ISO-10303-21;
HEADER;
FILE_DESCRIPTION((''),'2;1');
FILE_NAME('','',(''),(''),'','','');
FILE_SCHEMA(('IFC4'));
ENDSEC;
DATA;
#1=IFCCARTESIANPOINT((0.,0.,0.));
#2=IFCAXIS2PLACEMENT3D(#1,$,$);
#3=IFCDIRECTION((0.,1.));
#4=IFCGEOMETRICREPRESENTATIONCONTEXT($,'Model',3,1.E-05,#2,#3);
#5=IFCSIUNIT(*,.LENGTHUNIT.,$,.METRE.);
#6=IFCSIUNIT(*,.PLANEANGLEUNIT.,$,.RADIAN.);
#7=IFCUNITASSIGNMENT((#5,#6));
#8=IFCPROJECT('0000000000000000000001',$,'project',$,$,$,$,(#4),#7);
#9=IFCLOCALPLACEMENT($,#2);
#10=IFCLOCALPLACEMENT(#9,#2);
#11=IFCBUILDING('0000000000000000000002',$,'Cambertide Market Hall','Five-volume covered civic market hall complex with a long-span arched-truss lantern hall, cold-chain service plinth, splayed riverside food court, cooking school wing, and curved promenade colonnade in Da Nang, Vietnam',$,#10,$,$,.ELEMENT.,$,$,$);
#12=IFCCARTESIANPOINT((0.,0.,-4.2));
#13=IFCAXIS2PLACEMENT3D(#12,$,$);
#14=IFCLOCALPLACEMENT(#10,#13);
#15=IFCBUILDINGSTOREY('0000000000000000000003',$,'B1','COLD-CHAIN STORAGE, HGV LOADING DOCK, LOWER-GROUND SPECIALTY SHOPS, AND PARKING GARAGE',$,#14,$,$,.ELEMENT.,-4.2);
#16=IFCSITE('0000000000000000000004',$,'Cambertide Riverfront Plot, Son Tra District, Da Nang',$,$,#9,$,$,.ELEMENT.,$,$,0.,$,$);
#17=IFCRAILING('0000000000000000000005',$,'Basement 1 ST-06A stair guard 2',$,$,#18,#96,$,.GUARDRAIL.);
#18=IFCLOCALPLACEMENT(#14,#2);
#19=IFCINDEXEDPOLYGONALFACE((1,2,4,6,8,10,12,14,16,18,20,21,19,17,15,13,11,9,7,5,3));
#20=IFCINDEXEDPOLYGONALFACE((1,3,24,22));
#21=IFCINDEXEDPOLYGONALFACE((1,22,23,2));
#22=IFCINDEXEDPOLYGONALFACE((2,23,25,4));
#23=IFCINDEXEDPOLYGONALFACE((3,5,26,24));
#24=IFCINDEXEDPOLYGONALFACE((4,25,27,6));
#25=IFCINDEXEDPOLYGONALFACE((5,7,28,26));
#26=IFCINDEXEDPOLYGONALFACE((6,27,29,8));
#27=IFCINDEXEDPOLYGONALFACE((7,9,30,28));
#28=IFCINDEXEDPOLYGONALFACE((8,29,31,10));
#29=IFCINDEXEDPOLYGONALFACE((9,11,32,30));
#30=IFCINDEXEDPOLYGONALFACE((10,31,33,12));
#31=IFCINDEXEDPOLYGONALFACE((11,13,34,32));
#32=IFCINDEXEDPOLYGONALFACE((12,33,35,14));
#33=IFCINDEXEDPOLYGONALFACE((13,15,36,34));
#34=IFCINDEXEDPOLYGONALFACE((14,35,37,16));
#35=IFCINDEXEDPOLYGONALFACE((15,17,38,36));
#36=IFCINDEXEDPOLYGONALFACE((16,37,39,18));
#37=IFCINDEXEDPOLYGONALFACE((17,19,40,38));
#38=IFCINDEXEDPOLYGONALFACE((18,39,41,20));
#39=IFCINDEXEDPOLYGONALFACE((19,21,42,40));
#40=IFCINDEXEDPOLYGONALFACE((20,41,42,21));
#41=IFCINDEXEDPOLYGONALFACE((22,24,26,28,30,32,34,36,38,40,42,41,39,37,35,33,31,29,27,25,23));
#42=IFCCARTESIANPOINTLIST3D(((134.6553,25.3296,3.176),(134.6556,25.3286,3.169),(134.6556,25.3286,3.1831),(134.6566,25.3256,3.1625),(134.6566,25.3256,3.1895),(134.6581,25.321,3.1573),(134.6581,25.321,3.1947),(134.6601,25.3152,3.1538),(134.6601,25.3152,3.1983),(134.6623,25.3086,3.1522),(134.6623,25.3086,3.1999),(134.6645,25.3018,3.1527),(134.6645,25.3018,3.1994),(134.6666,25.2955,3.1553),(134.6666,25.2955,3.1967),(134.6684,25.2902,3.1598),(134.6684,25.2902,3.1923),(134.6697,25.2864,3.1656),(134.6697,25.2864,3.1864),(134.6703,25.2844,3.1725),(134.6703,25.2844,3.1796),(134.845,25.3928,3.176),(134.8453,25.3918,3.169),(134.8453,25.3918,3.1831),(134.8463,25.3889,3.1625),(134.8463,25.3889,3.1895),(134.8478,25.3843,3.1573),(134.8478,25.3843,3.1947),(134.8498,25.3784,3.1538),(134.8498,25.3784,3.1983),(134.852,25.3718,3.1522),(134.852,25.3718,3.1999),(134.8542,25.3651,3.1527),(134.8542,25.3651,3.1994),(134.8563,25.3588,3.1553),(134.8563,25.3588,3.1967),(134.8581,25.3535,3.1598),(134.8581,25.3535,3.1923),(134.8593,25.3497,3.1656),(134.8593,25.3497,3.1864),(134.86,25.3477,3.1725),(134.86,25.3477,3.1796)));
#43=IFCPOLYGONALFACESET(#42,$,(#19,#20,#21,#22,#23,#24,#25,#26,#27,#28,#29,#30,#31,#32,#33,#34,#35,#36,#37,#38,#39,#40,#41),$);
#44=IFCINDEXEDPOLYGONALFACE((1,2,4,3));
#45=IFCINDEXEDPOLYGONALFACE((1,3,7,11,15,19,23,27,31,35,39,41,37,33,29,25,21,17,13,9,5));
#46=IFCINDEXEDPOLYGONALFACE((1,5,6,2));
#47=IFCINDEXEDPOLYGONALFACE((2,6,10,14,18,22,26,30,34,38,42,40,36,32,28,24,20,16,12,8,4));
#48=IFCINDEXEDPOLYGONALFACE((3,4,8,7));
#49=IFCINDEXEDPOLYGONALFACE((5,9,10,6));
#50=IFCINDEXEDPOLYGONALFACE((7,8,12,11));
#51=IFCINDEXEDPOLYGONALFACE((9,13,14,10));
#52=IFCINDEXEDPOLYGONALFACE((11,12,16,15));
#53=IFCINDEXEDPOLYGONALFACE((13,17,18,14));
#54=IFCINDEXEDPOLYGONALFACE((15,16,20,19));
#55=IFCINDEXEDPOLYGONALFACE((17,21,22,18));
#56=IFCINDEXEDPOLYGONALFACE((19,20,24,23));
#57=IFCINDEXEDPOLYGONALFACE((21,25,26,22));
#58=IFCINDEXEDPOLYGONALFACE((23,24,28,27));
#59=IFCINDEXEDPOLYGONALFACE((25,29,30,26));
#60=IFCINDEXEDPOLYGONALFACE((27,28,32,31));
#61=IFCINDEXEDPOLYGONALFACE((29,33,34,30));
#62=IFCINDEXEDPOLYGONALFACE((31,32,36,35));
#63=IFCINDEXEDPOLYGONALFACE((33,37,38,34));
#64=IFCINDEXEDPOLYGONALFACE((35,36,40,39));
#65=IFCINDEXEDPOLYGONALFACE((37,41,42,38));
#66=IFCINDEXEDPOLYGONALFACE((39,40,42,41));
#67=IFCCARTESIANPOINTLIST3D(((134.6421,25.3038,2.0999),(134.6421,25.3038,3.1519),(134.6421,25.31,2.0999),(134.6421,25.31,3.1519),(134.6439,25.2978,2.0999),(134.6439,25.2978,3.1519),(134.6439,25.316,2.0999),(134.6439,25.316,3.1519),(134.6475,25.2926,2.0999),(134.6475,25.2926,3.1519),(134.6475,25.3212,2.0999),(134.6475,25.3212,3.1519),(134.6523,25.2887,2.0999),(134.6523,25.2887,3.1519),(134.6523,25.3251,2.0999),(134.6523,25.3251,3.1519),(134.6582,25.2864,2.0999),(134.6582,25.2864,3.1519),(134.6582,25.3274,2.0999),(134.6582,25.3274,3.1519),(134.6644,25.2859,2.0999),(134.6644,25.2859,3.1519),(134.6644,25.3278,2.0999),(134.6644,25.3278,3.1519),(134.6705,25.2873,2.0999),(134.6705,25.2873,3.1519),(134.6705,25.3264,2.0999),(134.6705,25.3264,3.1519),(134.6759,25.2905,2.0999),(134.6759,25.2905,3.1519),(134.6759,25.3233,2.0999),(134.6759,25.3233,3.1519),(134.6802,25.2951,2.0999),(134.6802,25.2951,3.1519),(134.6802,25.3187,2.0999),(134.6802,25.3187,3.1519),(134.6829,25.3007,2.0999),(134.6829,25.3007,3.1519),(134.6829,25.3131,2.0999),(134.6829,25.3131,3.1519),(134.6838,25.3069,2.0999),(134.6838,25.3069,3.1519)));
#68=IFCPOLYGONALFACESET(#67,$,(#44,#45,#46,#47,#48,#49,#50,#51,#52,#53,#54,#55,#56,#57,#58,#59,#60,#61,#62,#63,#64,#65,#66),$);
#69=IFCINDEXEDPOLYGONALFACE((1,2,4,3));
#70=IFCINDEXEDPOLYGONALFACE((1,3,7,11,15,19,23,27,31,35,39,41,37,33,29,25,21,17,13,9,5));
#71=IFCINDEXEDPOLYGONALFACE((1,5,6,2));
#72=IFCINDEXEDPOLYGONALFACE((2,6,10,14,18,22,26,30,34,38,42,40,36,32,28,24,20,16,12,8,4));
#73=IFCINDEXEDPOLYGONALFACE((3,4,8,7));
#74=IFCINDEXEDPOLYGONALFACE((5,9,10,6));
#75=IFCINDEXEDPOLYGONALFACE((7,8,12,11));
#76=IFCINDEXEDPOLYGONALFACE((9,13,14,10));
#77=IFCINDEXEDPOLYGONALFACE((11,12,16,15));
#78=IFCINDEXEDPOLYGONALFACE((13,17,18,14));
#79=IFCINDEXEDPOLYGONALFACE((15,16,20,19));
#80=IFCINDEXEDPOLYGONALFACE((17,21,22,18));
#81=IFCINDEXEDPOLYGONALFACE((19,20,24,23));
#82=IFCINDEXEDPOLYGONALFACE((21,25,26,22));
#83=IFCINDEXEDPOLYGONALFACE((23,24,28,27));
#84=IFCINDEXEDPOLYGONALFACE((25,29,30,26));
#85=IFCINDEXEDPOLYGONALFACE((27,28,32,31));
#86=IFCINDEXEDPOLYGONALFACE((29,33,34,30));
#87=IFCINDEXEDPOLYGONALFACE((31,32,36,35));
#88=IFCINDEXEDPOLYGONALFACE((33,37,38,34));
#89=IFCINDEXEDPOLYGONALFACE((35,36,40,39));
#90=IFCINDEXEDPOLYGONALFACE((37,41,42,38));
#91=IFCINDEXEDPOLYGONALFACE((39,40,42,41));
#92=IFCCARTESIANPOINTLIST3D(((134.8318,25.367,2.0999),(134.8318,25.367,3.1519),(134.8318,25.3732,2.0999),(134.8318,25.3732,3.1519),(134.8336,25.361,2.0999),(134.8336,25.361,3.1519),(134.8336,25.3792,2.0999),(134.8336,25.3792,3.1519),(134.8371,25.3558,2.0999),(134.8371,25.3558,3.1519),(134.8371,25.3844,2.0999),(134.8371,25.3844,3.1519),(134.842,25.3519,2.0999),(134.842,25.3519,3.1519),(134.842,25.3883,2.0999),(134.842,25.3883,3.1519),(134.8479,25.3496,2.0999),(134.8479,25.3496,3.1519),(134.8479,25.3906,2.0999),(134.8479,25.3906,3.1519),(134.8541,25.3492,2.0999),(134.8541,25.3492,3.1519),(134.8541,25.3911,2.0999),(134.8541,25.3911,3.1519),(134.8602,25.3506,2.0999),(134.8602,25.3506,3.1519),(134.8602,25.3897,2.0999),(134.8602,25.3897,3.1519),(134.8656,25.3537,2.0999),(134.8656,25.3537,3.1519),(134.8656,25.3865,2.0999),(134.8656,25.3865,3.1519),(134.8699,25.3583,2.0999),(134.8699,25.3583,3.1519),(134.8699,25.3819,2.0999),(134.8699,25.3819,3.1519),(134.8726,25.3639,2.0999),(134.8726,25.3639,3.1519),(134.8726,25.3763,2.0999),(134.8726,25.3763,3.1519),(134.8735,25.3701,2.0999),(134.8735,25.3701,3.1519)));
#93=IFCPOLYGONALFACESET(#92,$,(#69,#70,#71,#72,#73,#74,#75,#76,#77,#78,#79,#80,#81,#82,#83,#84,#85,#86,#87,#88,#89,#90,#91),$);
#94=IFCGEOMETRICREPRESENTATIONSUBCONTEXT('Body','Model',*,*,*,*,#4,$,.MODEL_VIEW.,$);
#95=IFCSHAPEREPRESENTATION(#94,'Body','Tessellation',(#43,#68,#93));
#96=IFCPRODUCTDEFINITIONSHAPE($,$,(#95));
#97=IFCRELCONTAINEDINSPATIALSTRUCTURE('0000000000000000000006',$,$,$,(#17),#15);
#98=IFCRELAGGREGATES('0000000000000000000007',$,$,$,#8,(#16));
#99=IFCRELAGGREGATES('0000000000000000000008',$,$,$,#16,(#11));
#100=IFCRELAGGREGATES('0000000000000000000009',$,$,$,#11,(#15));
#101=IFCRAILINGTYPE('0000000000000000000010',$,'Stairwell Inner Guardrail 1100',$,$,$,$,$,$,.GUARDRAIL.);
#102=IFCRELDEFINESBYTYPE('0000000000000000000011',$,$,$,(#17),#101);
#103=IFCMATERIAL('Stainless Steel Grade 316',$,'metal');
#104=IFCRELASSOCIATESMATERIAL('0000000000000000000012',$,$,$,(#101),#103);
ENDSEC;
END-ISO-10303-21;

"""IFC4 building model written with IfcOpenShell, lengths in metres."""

from ifc_helpers import new_model, si_unit, direction, frame, origin, origin_2d, place, context, subcontext, project, spatial, circle, extrude, material, type_object, element, save


model = new_model("IFC4")

# Units and contexts
model_context = context("Model", 3, precision=1e-05, world=origin(), true_north=direction((0.0, 1.0)))
body_context = subcontext(model_context, "Body", "Model", "MODEL_VIEW")
ifc_project = project(units=[si_unit("LENGTHUNIT", "METRE"), si_unit("PLANEANGLEUNIT", "RADIAN")], contexts=[model_context])

# Site, building, storey
site_placement = place(None, origin())
site = spatial("IfcSite", under=ifc_project, at=site_placement, Name="Cambertide Riverfront Plot, Son Tra District, Da Nang", CompositionType="ELEMENT", RefElevation=0.0)
building_placement = place(site_placement, origin())
building = spatial("IfcBuilding", under=site, at=building_placement, Name="Cambertide Market Hall", Description="Five-volume covered civic market hall complex with a long-span arched-truss lantern hall, cold-chain service plinth, splayed riverside food court, cooking school wing, and curved promenade colonnade in Da Nang, Vietnam", CompositionType="ELEMENT")
storey_placement = place(building_placement, frame((0.0, 0.0, -4.2)))
storey = spatial("IfcBuildingStorey", under=building, at=storey_placement, Name="B1", Description="COLD-CHAIN STORAGE, HGV LOADING DOCK, LOWER-GROUND SPECIALTY SHOPS, AND PARKING GARAGE", CompositionType="ELEMENT", Elevation=-4.2)

# Railing
ifc_material_1 = material(Name="Stainless Steel Grade 316", Category="metal")
railing_type_1 = type_object("IfcRailingType", Name="Stairwell Inner Guardrail 1100", PredefinedType="GUARDRAIL", material=ifc_material_1)
railing_1_placement = place(storey_placement, frame((134.6628, 25.3069, 2.0999)))
element("IfcRailing", 1, at=railing_1_placement, inside=storey, type_object=railing_type_1, Name="Basement 1 ST-06A stair guard 2", PredefinedType="GUARDRAIL", context=body_context, shape_type="SweptSolid", body=[
    extrude(circle(Radius=0.0239, at=origin_2d()), frame((0.0, 0.0, 1.0762), z_axis=(0.948683, 0.316228, 0.0), x_axis=(-0.316228, 0.948683, 0.0)), (0.0, 0.0, 1.0), 0.2),
    extrude(circle(Radius=0.021, at=origin_2d()), origin(), (0.0, 0.0, 1.0), 1.052),
    extrude(circle(Radius=0.021, at=origin_2d()), frame((0.1897, 0.0632, 0.0)), (0.0, 0.0, 1.0), 1.052),
])

save(model, "model.ifc")
